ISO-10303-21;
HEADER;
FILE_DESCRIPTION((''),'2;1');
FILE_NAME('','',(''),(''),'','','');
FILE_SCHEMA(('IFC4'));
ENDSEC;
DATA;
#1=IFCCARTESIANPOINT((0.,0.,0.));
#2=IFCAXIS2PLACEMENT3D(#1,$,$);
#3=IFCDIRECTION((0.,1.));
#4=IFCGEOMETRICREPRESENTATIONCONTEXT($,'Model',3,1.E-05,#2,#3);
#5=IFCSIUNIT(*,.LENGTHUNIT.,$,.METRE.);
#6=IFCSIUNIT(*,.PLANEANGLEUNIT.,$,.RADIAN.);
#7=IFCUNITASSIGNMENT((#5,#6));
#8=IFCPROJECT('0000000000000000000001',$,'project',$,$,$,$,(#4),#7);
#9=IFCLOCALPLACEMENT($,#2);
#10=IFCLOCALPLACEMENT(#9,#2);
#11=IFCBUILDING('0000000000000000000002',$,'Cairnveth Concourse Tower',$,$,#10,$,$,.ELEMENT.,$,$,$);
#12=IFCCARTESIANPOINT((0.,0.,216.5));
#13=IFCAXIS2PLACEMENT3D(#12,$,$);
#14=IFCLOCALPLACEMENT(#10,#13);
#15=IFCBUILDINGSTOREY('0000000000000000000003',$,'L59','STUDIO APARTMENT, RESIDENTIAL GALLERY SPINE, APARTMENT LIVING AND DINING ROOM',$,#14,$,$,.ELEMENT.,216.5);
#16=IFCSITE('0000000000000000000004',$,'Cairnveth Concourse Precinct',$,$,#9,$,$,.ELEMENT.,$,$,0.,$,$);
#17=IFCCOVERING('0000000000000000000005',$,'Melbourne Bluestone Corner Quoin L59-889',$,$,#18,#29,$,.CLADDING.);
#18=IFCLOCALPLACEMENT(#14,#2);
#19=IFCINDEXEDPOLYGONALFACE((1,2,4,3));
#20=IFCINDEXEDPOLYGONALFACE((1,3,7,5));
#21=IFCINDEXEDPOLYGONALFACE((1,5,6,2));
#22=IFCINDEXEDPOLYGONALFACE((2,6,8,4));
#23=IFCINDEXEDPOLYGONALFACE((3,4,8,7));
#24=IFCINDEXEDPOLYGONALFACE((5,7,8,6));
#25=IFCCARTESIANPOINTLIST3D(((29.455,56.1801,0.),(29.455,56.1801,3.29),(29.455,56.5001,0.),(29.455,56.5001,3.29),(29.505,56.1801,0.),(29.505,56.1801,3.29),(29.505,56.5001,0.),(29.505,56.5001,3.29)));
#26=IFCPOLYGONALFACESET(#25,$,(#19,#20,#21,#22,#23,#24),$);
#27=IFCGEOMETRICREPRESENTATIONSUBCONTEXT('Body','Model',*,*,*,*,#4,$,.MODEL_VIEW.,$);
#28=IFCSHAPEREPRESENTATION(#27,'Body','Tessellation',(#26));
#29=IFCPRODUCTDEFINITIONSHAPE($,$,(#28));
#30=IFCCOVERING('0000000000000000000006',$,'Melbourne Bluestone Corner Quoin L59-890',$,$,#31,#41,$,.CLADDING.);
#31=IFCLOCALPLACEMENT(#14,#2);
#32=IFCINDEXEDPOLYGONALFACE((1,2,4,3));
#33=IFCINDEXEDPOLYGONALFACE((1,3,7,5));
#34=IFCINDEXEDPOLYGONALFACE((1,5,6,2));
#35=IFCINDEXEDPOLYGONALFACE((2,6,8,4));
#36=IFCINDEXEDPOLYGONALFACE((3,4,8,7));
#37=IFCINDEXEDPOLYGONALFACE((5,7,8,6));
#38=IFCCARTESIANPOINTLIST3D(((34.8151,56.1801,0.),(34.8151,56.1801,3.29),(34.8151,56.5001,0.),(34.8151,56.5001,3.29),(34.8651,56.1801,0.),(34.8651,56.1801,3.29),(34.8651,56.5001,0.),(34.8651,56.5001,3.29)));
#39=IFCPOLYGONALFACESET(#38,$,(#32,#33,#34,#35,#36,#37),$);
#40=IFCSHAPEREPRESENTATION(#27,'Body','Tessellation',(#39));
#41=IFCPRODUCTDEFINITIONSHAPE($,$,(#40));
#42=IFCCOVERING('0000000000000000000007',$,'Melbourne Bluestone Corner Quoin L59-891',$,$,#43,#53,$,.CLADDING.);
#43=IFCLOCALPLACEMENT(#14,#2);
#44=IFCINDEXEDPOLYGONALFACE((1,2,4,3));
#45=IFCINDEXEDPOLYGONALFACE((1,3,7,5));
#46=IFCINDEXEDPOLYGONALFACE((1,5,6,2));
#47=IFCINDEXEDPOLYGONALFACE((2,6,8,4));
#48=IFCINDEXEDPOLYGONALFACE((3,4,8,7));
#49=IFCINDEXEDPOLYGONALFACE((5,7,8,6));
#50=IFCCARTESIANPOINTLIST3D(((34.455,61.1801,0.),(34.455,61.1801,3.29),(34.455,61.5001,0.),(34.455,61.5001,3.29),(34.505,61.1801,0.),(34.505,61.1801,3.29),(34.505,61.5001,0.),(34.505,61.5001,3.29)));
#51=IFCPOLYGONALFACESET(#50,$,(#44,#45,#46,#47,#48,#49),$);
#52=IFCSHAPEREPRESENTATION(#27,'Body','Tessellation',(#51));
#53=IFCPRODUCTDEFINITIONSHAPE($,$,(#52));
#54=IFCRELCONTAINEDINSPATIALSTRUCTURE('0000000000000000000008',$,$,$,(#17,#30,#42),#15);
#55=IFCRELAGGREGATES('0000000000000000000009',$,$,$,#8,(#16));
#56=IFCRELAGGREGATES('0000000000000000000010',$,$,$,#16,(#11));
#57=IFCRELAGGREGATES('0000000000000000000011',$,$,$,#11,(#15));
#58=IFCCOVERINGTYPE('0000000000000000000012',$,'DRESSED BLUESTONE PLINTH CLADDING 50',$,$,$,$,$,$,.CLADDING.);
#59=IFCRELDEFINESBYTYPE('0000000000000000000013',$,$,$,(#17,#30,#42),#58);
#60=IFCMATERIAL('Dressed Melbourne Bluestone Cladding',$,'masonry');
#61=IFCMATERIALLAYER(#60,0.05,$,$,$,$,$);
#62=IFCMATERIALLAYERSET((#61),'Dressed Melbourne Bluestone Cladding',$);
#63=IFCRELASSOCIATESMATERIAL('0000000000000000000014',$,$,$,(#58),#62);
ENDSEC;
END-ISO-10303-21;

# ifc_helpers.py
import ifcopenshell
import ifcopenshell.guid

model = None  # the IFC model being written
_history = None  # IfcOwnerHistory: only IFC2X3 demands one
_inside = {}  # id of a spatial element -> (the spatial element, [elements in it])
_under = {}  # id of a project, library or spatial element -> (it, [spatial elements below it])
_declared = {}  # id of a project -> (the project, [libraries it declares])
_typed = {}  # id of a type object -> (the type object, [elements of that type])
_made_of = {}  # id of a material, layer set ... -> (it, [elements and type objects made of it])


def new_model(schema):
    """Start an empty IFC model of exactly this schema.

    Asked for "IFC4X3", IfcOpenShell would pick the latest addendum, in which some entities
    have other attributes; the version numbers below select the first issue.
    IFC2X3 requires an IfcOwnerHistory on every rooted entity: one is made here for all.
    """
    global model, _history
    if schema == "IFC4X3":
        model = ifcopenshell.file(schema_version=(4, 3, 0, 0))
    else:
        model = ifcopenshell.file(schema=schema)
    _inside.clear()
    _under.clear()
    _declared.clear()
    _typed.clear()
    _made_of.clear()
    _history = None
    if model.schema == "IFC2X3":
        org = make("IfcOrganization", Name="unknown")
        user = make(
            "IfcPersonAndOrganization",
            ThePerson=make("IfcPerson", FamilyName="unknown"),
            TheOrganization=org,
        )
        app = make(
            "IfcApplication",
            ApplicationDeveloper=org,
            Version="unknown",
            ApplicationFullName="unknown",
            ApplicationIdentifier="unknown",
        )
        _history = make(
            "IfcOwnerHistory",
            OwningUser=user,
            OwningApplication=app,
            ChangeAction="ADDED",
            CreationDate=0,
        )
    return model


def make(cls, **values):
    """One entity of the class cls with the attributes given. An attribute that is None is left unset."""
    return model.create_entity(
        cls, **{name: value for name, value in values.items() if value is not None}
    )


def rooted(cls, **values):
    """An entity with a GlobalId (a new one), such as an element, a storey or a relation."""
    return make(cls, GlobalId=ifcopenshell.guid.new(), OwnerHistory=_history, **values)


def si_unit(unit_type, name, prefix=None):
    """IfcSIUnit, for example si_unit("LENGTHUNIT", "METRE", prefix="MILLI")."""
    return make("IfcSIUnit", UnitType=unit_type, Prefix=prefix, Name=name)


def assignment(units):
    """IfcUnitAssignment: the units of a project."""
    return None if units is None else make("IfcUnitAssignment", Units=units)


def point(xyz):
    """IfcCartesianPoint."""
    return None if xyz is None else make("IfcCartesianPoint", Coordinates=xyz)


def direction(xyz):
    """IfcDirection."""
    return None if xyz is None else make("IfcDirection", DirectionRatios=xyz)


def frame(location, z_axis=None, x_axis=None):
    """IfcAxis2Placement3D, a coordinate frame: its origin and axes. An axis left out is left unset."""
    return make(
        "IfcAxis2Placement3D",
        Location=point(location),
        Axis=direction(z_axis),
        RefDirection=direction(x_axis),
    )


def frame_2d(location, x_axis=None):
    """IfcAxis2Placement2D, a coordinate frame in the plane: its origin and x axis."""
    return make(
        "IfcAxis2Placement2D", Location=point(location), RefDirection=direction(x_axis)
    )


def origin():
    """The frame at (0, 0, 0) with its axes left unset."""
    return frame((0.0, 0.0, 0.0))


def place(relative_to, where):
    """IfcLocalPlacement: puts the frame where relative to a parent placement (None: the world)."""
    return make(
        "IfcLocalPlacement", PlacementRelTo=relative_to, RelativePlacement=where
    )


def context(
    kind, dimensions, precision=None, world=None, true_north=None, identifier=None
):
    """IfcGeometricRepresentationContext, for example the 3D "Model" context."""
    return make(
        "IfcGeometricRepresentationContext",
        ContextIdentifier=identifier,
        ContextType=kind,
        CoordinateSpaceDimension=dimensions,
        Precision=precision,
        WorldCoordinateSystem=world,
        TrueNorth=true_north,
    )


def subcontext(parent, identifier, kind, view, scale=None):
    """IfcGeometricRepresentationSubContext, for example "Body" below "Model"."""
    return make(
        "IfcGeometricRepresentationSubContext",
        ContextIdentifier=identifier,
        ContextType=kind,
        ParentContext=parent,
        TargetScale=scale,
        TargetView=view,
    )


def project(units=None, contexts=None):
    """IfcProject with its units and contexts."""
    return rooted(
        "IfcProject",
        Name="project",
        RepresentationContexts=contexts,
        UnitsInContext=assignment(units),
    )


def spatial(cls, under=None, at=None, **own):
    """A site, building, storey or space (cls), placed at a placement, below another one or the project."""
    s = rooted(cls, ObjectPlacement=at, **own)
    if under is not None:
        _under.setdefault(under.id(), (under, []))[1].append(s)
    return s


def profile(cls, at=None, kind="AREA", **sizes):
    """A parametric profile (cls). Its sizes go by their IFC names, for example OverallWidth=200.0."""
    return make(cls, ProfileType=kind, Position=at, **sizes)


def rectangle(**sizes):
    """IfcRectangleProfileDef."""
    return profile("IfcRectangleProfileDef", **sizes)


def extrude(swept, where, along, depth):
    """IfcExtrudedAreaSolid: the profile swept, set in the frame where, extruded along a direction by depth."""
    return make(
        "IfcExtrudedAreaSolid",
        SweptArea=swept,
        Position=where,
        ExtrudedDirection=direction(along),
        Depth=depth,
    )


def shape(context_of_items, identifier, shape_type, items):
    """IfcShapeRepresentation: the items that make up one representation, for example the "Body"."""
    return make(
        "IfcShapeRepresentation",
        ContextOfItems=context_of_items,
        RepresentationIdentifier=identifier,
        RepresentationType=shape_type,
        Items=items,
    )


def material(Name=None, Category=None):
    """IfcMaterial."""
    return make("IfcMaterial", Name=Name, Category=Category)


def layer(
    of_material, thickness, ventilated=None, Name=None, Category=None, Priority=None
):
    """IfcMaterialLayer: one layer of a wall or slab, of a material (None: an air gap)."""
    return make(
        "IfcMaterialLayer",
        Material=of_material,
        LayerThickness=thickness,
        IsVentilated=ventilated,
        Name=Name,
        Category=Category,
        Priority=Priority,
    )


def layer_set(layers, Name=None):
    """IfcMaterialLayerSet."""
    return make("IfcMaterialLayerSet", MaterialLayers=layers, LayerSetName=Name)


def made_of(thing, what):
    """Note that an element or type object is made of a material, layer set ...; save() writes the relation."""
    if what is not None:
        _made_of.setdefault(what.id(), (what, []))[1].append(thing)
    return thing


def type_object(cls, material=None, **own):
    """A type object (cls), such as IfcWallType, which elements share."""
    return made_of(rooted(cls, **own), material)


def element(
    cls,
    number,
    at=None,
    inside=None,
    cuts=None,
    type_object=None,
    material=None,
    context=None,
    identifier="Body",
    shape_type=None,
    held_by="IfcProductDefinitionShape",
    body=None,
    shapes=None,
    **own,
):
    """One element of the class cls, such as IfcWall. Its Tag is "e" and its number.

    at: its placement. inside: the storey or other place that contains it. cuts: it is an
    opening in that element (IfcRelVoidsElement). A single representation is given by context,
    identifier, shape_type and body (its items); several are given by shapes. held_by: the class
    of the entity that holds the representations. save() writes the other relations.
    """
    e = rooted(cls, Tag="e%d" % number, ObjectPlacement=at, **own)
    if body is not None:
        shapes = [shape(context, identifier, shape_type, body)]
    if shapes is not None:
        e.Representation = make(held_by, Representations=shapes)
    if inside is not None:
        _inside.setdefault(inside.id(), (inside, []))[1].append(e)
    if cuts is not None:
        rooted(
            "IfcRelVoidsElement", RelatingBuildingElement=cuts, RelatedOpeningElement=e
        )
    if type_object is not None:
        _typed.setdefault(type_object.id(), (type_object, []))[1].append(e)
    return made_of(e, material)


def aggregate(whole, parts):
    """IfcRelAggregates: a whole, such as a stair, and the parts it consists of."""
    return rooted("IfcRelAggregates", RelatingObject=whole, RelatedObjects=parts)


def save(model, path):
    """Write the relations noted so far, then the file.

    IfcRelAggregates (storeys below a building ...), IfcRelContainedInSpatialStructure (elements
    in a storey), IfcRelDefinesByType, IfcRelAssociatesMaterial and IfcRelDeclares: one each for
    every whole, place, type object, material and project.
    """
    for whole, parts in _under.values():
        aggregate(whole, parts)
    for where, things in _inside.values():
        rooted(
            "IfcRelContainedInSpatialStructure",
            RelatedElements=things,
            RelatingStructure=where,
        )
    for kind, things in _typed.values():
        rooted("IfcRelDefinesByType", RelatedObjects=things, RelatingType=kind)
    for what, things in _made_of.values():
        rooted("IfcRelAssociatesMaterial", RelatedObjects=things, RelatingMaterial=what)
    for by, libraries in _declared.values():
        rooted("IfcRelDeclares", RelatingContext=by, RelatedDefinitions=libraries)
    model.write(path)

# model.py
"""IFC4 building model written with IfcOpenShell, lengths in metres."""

from ifc_helpers import new_model, si_unit, direction, frame, frame_2d, origin, place, context, subcontext, project, spatial, rectangle, extrude, material, layer, layer_set, type_object, element, save


model = new_model("IFC4")

# Units and contexts
model_context = context("Model", 3, precision=1e-05, world=origin(), true_north=direction((0.0, 1.0)))
body_context = subcontext(model_context, "Body", "Model", "MODEL_VIEW")
ifc_project = project(units=[si_unit("LENGTHUNIT", "METRE"), si_unit("PLANEANGLEUNIT", "RADIAN")], contexts=[model_context])

# Site, building, storey
site_placement = place(None, origin())
site = spatial("IfcSite", under=ifc_project, at=site_placement, Name="Cairnveth Concourse Precinct", CompositionType="ELEMENT", RefElevation=0.0)
building_placement = place(site_placement, origin())
building = spatial("IfcBuilding", under=site, at=building_placement, Name="Cairnveth Concourse Tower", CompositionType="ELEMENT")
storey_placement = place(building_placement, frame((0.0, 0.0, 216.5)))
storey = spatial("IfcBuildingStorey", under=building, at=storey_placement, Name="L59", Description="STUDIO APARTMENT, RESIDENTIAL GALLERY SPINE, APARTMENT LIVING AND DINING ROOM", CompositionType="ELEMENT", Elevation=216.5)

# Coverings
ifc_material_1 = material(Name="Dressed Melbourne Bluestone Cladding", Category="masonry")
ifc_layer_1 = layer(ifc_material_1, 0.05)
ifc_layer_set_1 = layer_set([ifc_layer_1], Name="Dressed Melbourne Bluestone Cladding")
covering_type = type_object("IfcCoveringType", Name="DRESSED BLUESTONE PLINTH CLADDING 50", PredefinedType="CLADDING", material=ifc_layer_set_1)
for number, where, z_axis, x_axis, name in (
    (1, (29.48, 56.1799, 0.0), (0.0, 0.0, 1.0), (0.0, 1.0, 0.0), "Melbourne Bluestone Corner Quoin L59-889"),
    (2, (34.8401, 56.1799, 0.0), (0.0, 0.0, 1.0), (0.0, 1.0, 0.0), "Melbourne Bluestone Corner Quoin L59-890"),
    (3, (34.48, 61.1799, 0.0), (0.0, 0.0, 1.0), (0.0, 1.0, 0.0), "Melbourne Bluestone Corner Quoin L59-891"),
):
    element("IfcCovering", number, at=place(storey_placement, frame(where, z_axis=z_axis, x_axis=x_axis)), inside=storey, type_object=covering_type, Name=name, PredefinedType="CLADDING", context=body_context, shape_type="SweptSolid", body=[
        extrude(rectangle(XDim=0.3201, YDim=0.05, at=frame_2d((0.1602, 0.0))), origin(), (0.0, 0.0, 1.0), 3.29),
    ])

save(model, "model.ifc")
